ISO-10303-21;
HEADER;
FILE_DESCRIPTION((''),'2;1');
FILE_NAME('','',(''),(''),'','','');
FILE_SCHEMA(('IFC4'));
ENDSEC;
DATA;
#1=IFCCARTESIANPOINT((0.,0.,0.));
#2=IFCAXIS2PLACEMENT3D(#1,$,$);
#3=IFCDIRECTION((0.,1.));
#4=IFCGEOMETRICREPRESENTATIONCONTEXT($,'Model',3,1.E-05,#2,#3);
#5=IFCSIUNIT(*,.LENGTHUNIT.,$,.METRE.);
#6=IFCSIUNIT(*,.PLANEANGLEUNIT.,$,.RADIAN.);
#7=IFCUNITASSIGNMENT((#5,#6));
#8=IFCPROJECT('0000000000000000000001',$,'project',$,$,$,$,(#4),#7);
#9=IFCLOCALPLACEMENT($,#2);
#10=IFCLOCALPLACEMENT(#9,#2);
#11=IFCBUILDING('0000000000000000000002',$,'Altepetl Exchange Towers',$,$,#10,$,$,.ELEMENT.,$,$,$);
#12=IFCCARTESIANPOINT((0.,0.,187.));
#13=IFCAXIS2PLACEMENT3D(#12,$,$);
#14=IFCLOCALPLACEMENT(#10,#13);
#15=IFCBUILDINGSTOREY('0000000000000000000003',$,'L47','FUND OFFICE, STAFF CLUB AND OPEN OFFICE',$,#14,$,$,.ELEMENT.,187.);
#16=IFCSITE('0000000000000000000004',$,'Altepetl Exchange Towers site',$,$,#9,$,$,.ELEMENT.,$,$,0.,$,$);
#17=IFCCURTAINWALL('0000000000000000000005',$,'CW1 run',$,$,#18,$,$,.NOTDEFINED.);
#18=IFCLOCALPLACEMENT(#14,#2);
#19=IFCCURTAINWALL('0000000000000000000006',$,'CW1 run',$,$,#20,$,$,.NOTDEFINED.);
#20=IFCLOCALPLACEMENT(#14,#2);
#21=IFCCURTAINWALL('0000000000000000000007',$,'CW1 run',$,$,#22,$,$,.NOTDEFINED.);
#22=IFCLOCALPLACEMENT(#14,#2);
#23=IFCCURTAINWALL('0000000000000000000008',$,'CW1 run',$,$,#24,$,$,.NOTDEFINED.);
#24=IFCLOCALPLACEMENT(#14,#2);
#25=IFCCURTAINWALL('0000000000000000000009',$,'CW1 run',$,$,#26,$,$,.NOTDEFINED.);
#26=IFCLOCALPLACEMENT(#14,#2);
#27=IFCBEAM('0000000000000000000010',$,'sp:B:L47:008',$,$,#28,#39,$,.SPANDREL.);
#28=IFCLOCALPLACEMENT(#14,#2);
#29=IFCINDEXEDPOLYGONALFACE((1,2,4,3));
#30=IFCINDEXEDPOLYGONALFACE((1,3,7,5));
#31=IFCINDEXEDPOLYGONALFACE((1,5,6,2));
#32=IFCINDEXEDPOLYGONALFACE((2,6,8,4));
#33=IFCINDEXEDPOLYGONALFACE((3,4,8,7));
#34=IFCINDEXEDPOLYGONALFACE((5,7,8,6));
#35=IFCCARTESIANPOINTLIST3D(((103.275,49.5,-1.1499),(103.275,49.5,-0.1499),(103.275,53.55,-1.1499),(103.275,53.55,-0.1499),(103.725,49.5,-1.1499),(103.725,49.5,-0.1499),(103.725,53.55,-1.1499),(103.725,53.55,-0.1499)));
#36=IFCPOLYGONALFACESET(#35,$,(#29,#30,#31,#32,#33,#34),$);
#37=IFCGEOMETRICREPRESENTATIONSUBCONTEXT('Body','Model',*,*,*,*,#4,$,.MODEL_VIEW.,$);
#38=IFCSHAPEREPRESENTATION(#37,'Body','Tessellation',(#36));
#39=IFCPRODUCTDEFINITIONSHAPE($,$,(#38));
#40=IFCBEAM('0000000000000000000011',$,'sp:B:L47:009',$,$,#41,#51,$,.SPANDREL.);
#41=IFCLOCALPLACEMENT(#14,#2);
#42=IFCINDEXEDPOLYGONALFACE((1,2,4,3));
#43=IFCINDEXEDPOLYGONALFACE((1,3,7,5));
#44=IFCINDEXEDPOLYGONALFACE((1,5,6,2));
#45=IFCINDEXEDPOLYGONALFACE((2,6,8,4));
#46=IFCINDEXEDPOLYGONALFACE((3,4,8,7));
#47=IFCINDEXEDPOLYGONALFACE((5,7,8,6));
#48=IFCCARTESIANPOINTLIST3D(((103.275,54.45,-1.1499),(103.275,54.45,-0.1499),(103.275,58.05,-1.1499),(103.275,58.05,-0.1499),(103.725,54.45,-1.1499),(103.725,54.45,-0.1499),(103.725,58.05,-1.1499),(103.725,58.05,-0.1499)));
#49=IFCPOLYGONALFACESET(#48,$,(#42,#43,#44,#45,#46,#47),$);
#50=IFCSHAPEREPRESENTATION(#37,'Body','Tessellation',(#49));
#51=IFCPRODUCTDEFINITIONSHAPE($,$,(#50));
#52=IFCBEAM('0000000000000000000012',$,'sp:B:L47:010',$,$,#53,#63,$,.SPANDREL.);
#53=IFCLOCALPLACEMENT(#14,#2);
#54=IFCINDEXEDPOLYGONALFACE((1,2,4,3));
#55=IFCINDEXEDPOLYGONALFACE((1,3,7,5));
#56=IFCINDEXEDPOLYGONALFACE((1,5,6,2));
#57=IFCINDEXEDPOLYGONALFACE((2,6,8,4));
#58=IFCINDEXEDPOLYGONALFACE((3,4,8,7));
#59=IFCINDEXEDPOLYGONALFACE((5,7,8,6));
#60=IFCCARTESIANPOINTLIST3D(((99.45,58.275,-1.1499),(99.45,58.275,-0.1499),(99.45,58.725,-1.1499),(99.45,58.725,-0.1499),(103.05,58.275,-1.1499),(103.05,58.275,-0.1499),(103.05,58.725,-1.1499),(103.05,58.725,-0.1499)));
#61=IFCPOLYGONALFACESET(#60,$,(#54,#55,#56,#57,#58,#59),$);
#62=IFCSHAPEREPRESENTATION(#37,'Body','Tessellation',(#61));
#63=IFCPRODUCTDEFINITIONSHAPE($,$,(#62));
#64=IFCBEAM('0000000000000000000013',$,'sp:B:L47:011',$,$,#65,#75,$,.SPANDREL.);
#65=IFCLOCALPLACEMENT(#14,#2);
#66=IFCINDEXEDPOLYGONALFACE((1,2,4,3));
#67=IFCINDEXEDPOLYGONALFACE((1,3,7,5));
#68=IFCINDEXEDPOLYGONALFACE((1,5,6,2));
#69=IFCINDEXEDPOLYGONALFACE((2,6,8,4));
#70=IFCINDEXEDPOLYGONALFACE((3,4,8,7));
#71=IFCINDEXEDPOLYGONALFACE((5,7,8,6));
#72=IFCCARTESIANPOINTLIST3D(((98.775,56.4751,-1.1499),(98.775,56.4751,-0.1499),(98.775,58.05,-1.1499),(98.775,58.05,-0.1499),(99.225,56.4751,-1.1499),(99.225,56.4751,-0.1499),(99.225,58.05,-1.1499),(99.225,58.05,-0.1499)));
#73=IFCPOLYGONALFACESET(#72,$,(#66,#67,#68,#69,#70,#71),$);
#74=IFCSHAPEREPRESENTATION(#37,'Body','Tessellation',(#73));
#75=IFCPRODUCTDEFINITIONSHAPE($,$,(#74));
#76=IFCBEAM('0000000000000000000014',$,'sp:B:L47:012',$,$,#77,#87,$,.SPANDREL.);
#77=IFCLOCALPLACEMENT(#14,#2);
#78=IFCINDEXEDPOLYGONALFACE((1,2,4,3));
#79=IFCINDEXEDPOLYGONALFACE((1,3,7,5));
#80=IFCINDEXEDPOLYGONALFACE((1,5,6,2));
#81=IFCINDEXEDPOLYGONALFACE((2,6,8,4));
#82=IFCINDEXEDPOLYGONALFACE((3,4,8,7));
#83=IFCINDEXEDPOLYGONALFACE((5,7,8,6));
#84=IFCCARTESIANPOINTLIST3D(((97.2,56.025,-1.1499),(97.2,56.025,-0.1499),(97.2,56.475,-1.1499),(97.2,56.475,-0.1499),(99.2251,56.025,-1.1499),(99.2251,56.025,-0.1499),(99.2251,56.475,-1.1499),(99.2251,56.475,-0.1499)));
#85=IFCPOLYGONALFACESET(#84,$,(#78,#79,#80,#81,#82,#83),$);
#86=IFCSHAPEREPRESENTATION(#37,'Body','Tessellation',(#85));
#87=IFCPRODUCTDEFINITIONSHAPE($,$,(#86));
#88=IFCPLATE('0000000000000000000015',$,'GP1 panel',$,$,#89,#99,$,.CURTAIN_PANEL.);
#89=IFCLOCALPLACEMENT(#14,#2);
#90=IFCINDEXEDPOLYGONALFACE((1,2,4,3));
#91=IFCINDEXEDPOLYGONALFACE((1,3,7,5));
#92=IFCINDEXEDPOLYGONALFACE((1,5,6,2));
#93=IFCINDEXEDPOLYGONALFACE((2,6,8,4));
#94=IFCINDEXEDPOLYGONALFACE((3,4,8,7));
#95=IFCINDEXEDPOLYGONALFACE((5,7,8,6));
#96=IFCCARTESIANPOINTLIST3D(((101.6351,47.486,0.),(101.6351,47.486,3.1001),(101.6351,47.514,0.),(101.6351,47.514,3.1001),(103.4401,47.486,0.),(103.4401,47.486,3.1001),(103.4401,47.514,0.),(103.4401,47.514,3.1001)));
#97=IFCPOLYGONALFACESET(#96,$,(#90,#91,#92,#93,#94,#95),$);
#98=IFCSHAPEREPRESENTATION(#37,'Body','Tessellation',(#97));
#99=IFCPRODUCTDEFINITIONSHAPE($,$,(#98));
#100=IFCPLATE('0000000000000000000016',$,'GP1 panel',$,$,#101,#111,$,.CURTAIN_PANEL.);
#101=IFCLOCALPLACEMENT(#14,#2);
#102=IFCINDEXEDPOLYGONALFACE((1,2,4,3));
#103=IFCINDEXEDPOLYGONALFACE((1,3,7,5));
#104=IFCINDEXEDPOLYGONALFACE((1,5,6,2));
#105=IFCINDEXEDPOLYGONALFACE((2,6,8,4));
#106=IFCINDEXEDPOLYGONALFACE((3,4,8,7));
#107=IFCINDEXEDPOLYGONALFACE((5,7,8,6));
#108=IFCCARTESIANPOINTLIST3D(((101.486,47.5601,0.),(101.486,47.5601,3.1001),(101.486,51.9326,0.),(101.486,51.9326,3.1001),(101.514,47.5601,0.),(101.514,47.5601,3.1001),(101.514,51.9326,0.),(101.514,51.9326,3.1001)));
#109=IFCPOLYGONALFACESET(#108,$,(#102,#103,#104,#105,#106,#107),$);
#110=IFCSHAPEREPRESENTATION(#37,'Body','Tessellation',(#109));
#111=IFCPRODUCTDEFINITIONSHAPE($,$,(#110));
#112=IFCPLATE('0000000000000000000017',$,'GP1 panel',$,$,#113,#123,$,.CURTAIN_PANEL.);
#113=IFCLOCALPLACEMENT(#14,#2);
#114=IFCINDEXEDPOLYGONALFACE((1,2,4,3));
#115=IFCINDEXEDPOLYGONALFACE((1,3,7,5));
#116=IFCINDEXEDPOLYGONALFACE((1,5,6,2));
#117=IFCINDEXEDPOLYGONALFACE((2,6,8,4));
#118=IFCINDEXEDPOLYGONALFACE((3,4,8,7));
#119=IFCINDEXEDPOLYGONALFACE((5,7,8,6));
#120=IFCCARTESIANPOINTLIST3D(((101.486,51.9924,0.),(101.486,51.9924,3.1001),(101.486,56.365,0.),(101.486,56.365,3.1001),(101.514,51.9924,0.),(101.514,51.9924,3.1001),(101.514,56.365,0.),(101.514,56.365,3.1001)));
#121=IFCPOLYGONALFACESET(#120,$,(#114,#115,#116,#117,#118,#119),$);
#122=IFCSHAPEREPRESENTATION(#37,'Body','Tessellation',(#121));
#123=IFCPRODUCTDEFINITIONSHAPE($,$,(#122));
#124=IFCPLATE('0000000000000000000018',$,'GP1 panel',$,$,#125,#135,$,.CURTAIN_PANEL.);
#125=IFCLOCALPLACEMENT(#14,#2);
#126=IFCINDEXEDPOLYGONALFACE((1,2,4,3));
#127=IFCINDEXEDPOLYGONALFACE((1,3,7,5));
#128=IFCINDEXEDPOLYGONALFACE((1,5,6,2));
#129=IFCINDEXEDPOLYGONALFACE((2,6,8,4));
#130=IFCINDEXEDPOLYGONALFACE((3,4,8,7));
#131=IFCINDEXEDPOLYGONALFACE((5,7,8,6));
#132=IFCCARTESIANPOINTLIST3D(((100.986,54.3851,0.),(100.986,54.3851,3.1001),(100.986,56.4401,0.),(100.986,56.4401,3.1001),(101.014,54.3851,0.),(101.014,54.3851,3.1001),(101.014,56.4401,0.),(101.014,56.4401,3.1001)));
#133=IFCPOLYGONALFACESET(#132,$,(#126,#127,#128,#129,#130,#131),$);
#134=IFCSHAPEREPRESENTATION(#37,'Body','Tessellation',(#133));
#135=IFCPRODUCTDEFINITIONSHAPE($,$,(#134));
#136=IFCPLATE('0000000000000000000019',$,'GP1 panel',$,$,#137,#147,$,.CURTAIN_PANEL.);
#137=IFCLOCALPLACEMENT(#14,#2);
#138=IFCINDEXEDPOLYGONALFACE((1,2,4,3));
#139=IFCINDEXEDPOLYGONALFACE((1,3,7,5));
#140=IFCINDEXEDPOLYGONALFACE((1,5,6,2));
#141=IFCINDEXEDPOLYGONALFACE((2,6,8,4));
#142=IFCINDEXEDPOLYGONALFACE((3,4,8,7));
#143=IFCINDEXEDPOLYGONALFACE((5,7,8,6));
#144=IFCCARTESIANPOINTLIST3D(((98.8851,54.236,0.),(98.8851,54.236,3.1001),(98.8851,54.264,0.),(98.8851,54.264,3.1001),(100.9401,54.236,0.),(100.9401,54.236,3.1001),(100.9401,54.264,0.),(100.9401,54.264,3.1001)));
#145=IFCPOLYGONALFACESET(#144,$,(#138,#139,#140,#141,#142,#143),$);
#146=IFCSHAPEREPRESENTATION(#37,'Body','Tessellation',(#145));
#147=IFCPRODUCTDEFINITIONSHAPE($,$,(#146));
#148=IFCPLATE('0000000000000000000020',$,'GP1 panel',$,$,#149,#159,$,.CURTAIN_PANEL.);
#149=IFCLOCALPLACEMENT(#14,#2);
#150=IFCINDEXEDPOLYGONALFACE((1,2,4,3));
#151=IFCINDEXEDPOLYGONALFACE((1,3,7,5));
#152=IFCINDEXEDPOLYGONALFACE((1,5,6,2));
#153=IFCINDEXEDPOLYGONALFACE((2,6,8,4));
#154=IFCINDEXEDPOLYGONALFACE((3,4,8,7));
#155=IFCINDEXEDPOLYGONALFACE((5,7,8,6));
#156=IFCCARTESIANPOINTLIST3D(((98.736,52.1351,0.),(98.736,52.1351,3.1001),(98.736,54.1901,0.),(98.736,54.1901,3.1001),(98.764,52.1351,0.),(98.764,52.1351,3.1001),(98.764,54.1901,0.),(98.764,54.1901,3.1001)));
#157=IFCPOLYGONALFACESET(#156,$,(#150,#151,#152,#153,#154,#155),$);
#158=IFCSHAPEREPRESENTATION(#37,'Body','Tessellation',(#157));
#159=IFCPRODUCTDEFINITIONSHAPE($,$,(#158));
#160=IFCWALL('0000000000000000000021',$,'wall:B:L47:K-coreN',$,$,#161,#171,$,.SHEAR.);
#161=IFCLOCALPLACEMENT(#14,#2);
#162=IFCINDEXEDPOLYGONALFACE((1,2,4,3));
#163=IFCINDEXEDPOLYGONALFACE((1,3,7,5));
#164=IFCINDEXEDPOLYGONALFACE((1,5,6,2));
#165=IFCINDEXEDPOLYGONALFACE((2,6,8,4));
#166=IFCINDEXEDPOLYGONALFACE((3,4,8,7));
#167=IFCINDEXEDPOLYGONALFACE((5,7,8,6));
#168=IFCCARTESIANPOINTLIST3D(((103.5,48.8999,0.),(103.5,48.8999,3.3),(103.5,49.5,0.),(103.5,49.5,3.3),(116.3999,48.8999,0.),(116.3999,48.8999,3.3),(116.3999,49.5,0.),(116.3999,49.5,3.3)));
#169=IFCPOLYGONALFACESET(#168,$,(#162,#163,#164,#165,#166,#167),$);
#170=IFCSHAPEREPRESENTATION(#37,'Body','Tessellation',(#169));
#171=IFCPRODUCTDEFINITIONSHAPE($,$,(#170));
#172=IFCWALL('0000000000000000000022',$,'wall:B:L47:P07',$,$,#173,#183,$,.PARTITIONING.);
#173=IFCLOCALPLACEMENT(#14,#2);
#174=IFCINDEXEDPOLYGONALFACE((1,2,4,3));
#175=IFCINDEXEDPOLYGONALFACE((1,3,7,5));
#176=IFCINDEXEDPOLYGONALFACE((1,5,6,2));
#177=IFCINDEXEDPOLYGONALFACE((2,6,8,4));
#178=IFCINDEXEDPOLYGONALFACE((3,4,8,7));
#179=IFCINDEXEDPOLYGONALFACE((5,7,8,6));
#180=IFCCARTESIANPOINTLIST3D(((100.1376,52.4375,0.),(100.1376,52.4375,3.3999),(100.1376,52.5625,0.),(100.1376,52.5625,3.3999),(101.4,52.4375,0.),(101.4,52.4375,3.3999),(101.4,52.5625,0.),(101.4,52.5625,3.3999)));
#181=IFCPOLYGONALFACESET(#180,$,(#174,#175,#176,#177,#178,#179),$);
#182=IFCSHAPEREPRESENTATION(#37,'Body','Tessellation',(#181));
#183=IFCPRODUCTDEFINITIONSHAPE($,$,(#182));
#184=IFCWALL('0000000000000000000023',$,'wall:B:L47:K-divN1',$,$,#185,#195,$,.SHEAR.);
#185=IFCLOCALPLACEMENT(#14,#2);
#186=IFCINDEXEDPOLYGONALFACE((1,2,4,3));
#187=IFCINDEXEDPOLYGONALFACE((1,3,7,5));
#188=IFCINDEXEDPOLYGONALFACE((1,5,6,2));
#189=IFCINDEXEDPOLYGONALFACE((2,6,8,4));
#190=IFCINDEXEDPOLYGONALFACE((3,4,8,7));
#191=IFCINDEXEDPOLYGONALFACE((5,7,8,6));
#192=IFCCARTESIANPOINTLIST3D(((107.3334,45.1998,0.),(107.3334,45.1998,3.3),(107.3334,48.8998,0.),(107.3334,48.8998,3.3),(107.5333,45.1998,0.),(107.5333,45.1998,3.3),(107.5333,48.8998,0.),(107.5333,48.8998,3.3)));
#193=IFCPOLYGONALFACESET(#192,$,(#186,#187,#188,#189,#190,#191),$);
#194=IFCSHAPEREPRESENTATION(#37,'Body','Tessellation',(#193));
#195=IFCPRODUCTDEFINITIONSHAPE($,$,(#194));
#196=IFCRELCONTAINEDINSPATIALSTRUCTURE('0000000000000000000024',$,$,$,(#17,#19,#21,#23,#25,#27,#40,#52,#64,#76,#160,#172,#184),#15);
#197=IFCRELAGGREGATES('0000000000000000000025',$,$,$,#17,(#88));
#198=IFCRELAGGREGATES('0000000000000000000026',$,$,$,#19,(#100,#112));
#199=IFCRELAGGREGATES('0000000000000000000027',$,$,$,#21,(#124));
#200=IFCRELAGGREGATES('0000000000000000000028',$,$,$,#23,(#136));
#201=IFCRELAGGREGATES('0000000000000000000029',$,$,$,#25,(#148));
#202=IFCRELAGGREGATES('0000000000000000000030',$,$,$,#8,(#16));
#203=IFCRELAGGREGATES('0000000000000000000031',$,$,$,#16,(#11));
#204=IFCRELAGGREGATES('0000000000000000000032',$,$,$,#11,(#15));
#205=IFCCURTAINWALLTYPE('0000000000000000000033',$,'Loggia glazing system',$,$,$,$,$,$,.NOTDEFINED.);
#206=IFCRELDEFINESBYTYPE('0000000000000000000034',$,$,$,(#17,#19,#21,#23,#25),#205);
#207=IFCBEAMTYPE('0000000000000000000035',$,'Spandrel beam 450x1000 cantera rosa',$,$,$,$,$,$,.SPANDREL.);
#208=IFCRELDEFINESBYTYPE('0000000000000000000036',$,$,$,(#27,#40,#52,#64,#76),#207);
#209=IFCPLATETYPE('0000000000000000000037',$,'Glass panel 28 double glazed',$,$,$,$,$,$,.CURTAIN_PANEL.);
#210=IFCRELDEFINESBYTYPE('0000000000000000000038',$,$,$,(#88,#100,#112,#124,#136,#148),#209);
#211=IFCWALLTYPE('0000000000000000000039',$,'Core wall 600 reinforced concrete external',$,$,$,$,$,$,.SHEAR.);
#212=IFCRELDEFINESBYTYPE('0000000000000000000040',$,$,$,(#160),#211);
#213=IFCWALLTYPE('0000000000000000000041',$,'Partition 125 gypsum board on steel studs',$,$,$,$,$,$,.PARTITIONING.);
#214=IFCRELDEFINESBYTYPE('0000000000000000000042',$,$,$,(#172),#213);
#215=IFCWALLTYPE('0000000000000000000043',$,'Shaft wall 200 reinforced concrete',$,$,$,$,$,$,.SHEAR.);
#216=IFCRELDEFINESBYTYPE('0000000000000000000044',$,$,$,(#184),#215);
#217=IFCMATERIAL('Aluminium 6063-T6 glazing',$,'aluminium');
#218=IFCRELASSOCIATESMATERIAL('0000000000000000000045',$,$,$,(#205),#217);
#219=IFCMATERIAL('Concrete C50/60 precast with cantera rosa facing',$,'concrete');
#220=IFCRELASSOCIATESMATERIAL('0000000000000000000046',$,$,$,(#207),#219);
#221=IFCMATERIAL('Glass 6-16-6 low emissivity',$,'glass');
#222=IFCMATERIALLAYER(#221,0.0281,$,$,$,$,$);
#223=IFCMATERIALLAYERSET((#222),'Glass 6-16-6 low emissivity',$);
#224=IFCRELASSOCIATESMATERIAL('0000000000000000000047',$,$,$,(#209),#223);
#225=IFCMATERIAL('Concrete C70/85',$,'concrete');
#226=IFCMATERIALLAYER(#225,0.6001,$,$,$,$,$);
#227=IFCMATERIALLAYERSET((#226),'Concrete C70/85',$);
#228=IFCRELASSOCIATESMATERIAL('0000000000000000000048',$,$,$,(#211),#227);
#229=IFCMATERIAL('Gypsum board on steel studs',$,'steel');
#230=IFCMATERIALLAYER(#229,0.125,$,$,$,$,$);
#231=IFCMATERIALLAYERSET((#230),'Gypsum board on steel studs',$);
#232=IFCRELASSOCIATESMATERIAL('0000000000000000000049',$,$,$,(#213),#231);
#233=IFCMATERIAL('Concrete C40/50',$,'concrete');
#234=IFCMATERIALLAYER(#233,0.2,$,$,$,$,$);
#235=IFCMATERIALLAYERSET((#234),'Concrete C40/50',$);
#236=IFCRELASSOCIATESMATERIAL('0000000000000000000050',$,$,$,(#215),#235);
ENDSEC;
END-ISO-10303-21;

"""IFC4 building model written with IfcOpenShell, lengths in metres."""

from ifc_helpers import new_model, si_unit, direction, frame, frame_2d, origin, origin_2d, place, context, subcontext, project, spatial, rectangle, extrude, material, layer, layer_set, material_profile, profile_set, type_object, element, aggregate, save


model = new_model("IFC4")

# Units and contexts
model_context = context("Model", 3, precision=1e-05, world=origin(), true_north=direction((0.0, 1.0)))
body_context = subcontext(model_context, "Body", "Model", "MODEL_VIEW")
ifc_project = project(units=[si_unit("LENGTHUNIT", "METRE"), si_unit("PLANEANGLEUNIT", "RADIAN")], contexts=[model_context])

# Site, building, storey
site_placement = place(None, origin())
site = spatial("IfcSite", under=ifc_project, at=site_placement, Name="Altepetl Exchange Towers site", CompositionType="ELEMENT", RefElevation=0.0)
building_placement = place(site_placement, origin())
building = spatial("IfcBuilding", under=site, at=building_placement, Name="Altepetl Exchange Towers", CompositionType="ELEMENT")
storey_placement = place(building_placement, frame((0.0, 0.0, 187.0)))
storey = spatial("IfcBuildingStorey", under=building, at=storey_placement, Name="L47", Description="FUND OFFICE, STAFF CLUB AND OPEN OFFICE", CompositionType="ELEMENT", Elevation=187.0)

# Curtain wall
ifc_material_1 = material(Name="Aluminium 6063-T6 glazing", Category="aluminium")
curtain_wall_type = type_object("IfcCurtainWallType", Name="Loggia glazing system", PredefinedType="NOTDEFINED", material=ifc_material_1)
curtain_wall_1_placement = place(storey_placement, origin())
curtain_wall_1 = element("IfcCurtainWall", 1, at=curtain_wall_1_placement, inside=storey, type_object=curtain_wall_type, Name="CW1 run", PredefinedType="NOTDEFINED")

# Curtain walls
curtain_wall_2_placement = place(storey_placement, origin())
curtain_wall_2 = element("IfcCurtainWall", 2, at=curtain_wall_2_placement, inside=storey, type_object=curtain_wall_type, Name="CW1 run", PredefinedType="NOTDEFINED")
curtain_wall_3_placement = place(storey_placement, origin())
curtain_wall_3 = element("IfcCurtainWall", 3, at=curtain_wall_3_placement, inside=storey, type_object=curtain_wall_type, Name="CW1 run", PredefinedType="NOTDEFINED")
curtain_wall_4_placement = place(storey_placement, origin())
curtain_wall_4 = element("IfcCurtainWall", 4, at=curtain_wall_4_placement, inside=storey, type_object=curtain_wall_type, Name="CW1 run", PredefinedType="NOTDEFINED")

# Curtain wall
curtain_wall_5_placement = place(storey_placement, origin())
curtain_wall_5 = element("IfcCurtainWall", 5, at=curtain_wall_5_placement, inside=storey, type_object=curtain_wall_type, Name="CW1 run", PredefinedType="NOTDEFINED")

# Beams
ifc_material_2 = material(Name="Concrete C50/60 precast with cantera rosa facing", Category="concrete")
ifc_material_profile_1 = material_profile(ifc_material_2, rectangle(XDim=0.45, YDim=1.0, at=origin_2d()), Name="450 x 1000")
ifc_profile_set_1 = profile_set([ifc_material_profile_1], Name="Concrete C50/60 precast with cantera rosa facing")
beam_type = type_object("IfcBeamType", Name="Spandrel beam 450x1000 cantera rosa", PredefinedType="SPANDREL", material=ifc_profile_set_1)
beam_1_placement = place(storey_placement, frame((103.5, 49.5, -0.6499), z_axis=(0.0, 1.0, 0.0), x_axis=(-1.0, 0.0, 0.0)))
element("IfcBeam", 6, at=beam_1_placement, inside=storey, type_object=beam_type, Name="sp:B:L47:008", PredefinedType="SPANDREL", context=body_context, shape_type="SweptSolid", body=[
    extrude(rectangle(XDim=0.45, YDim=1.0, at=origin_2d()), origin(), (0.0, 0.0, 1.0), 4.05),
])
for number, where, z_axis, x_axis, name in (
    (7, (103.5, 54.45, -0.6499), (0.0, 1.0, 0.0), (-1.0, 0.0, 0.0), "sp:B:L47:009"),
    (8, (103.05, 58.5, -0.6499), (-1.0, 0.0, 0.0), (0.0, -1.0, 0.0), "sp:B:L47:010"),
):
    element("IfcBeam", number, at=place(storey_placement, frame(where, z_axis=z_axis, x_axis=x_axis)), inside=storey, type_object=beam_type, Name=name, PredefinedType="SPANDREL", context=body_context, shape_type="SweptSolid", body=[
        extrude(rectangle(XDim=0.45, YDim=1.0, at=origin_2d()), origin(), (0.0, 0.0, 1.0), 3.6001),
    ])
beam_2_placement = place(storey_placement, frame((99.0, 58.05, -0.6499), z_axis=(0.0, -1.0, 0.0), x_axis=(1.0, 0.0, 0.0)))
element("IfcBeam", 9, at=beam_2_placement, inside=storey, type_object=beam_type, Name="sp:B:L47:011", PredefinedType="SPANDREL", context=body_context, shape_type="SweptSolid", body=[
    extrude(rectangle(XDim=0.45, YDim=1.0, at=origin_2d()), origin(), (0.0, 0.0, 1.0), 1.575),
])
beam_3_placement = place(storey_placement, frame((99.2251, 56.25, -0.6499), z_axis=(-1.0, 0.0, 0.0), x_axis=(0.0, -1.0, 0.0)))
element("IfcBeam", 10, at=beam_3_placement, inside=storey, type_object=beam_type, Name="sp:B:L47:012", PredefinedType="SPANDREL", context=body_context, shape_type="SweptSolid", body=[
    extrude(rectangle(XDim=0.45, YDim=1.0, at=origin_2d()), origin(), (0.0, 0.0, 1.0), 2.0251),
])

# Plates
ifc_material_3 = material(Name="Glass 6-16-6 low emissivity", Category="glass")
ifc_layer_1 = layer(ifc_material_3, 0.0281)
ifc_layer_set_1 = layer_set([ifc_layer_1], Name="Glass 6-16-6 low emissivity")
plate_type = type_object("IfcPlateType", Name="Glass panel 28 double glazed", PredefinedType="CURTAIN_PANEL", material=ifc_layer_set_1)
plate_1_placement = place(storey_placement, frame((102.5376, 47.5, 0.0), z_axis=(0.0, 0.0, 1.0), x_axis=(-1.0, 0.0, 0.0)))
plate_1 = element("IfcPlate", 11, at=plate_1_placement, type_object=plate_type, Name="GP1 panel", PredefinedType="CURTAIN_PANEL", context=body_context, shape_type="SweptSolid", body=[
    extrude(rectangle(XDim=1.8049, YDim=0.0281, at=origin_2d()), origin(), (0.0, 0.0, 1.0), 3.1001),
])
aggregate(curtain_wall_1, [plate_1])
plate_2_placement = place(storey_placement, frame((101.5, 49.7463, 0.0), z_axis=(0.0, 0.0, 1.0), x_axis=(0.0, 1.0, 0.0)))
plate_2 = element("IfcPlate", 12, at=plate_2_placement, type_object=plate_type, Name="GP1 panel", PredefinedType="CURTAIN_PANEL", context=body_context, shape_type="SweptSolid", body=[
    extrude(rectangle(XDim=4.3726, YDim=0.0281, at=origin_2d()), origin(), (0.0, 0.0, 1.0), 3.1001),
])
plate_3_placement = place(storey_placement, frame((101.5, 54.1787, 0.0), z_axis=(0.0, 0.0, 1.0), x_axis=(0.0, 1.0, 0.0)))
plate_3 = element("IfcPlate", 13, at=plate_3_placement, type_object=plate_type, Name="GP1 panel", PredefinedType="CURTAIN_PANEL", context=body_context, shape_type="SweptSolid", body=[
    extrude(rectangle(XDim=4.3726, YDim=0.0281, at=origin_2d()), origin(), (0.0, 0.0, 1.0), 3.1001),
])
aggregate(curtain_wall_2, [plate_2, plate_3])
plate_4_placement = place(storey_placement, frame((101.0, 55.4126, 0.0), z_axis=(0.0, 0.0, 1.0), x_axis=(0.0, -1.0, 0.0)))
plate_4 = element("IfcPlate", 14, at=plate_4_placement, type_object=plate_type, Name="GP1 panel", PredefinedType="CURTAIN_PANEL", context=body_context, shape_type="SweptSolid", body=[
    extrude(rectangle(XDim=2.0549, YDim=0.0281, at=origin_2d()), origin(), (0.0, 0.0, 1.0), 3.1001),
])
aggregate(curtain_wall_3, [plate_4])
plate_5_placement = place(storey_placement, frame((99.9126, 54.25, 0.0), z_axis=(0.0, 0.0, 1.0), x_axis=(-1.0, 0.0, 0.0)))
plate_5 = element("IfcPlate", 15, at=plate_5_placement, type_object=plate_type, Name="GP1 panel", PredefinedType="CURTAIN_PANEL", context=body_context, shape_type="SweptSolid", body=[
    extrude(rectangle(XDim=2.0549, YDim=0.0281, at=origin_2d()), origin(), (0.0, 0.0, 1.0), 3.1001),
])
aggregate(curtain_wall_4, [plate_5])
plate_6_placement = place(storey_placement, frame((98.75, 53.1626, 0.0), z_axis=(0.0, 0.0, 1.0), x_axis=(0.0, -1.0, 0.0)))
plate_6 = element("IfcPlate", 16, at=plate_6_placement, type_object=plate_type, Name="GP1 panel", PredefinedType="CURTAIN_PANEL", context=body_context, shape_type="SweptSolid", body=[
    extrude(rectangle(XDim=2.0549, YDim=0.0281, at=origin_2d()), origin(), (0.0, 0.0, 1.0), 3.1001),
])
aggregate(curtain_wall_5, [plate_6])

# Walls
ifc_material_4 = material(Name="Concrete C70/85", Category="concrete")
ifc_layer_2 = layer(ifc_material_4, 0.6001)
ifc_layer_set_2 = layer_set([ifc_layer_2], Name="Concrete C70/85")
wall_type_1 = type_object("IfcWallType", Name="Core wall 600 reinforced concrete external", PredefinedType="SHEAR", material=ifc_layer_set_2)
wall_1_placement = place(storey_placement, frame((103.5, 49.2, 0.0)))
element("IfcWall", 17, at=wall_1_placement, inside=storey, type_object=wall_type_1, Name="wall:B:L47:K-coreN", PredefinedType="SHEAR", context=body_context, shape_type="SweptSolid", body=[
    extrude(rectangle(XDim=12.8999, YDim=0.6001, at=frame_2d((6.45, 0.0))), origin(), (0.0, 0.0, 1.0), 3.3),
])
ifc_material_5 = material(Name="Gypsum board on steel studs", Category="steel")
ifc_layer_3 = layer(ifc_material_5, 0.125)
ifc_layer_set_3 = layer_set([ifc_layer_3], Name="Gypsum board on steel studs")
wall_type_2 = type_object("IfcWallType", Name="Partition 125 gypsum board on steel studs", PredefinedType="PARTITIONING", material=ifc_layer_set_3)
wall_2_placement = place(storey_placement, frame((100.1375, 52.5, 0.0)))
element("IfcWall", 18, at=wall_2_placement, inside=storey, type_object=wall_type_2, Name="wall:B:L47:P07", PredefinedType="PARTITIONING", context=body_context, shape_type="SweptSolid", body=[
    extrude(rectangle(XDim=1.2625, YDim=0.125, at=frame_2d((0.6313, 0.0))), origin(), (0.0, 0.0, 1.0), 3.3999),
])
ifc_material_6 = material(Name="Concrete C40/50", Category="concrete")
ifc_layer_4 = layer(ifc_material_6, 0.2)
ifc_layer_set_4 = layer_set([ifc_layer_4], Name="Concrete C40/50")
wall_type_3 = type_object("IfcWallType", Name="Shaft wall 200 reinforced concrete", PredefinedType="SHEAR", material=ifc_layer_set_4)
wall_3_placement = place(storey_placement, frame((107.4333, 48.8999, 0.0), z_axis=(0.0, 0.0, 1.0), x_axis=(0.0, -1.0, 0.0)))
element("IfcWall", 19, at=wall_3_placement, inside=storey, type_object=wall_type_3, Name="wall:B:L47:K-divN1", PredefinedType="SHEAR", context=body_context, shape_type="SweptSolid", body=[
    extrude(rectangle(XDim=3.7, YDim=0.2, at=frame_2d((1.8501, 0.0))), origin(), (0.0, 0.0, 1.0), 3.3),
])

save(model, "model.ifc")
